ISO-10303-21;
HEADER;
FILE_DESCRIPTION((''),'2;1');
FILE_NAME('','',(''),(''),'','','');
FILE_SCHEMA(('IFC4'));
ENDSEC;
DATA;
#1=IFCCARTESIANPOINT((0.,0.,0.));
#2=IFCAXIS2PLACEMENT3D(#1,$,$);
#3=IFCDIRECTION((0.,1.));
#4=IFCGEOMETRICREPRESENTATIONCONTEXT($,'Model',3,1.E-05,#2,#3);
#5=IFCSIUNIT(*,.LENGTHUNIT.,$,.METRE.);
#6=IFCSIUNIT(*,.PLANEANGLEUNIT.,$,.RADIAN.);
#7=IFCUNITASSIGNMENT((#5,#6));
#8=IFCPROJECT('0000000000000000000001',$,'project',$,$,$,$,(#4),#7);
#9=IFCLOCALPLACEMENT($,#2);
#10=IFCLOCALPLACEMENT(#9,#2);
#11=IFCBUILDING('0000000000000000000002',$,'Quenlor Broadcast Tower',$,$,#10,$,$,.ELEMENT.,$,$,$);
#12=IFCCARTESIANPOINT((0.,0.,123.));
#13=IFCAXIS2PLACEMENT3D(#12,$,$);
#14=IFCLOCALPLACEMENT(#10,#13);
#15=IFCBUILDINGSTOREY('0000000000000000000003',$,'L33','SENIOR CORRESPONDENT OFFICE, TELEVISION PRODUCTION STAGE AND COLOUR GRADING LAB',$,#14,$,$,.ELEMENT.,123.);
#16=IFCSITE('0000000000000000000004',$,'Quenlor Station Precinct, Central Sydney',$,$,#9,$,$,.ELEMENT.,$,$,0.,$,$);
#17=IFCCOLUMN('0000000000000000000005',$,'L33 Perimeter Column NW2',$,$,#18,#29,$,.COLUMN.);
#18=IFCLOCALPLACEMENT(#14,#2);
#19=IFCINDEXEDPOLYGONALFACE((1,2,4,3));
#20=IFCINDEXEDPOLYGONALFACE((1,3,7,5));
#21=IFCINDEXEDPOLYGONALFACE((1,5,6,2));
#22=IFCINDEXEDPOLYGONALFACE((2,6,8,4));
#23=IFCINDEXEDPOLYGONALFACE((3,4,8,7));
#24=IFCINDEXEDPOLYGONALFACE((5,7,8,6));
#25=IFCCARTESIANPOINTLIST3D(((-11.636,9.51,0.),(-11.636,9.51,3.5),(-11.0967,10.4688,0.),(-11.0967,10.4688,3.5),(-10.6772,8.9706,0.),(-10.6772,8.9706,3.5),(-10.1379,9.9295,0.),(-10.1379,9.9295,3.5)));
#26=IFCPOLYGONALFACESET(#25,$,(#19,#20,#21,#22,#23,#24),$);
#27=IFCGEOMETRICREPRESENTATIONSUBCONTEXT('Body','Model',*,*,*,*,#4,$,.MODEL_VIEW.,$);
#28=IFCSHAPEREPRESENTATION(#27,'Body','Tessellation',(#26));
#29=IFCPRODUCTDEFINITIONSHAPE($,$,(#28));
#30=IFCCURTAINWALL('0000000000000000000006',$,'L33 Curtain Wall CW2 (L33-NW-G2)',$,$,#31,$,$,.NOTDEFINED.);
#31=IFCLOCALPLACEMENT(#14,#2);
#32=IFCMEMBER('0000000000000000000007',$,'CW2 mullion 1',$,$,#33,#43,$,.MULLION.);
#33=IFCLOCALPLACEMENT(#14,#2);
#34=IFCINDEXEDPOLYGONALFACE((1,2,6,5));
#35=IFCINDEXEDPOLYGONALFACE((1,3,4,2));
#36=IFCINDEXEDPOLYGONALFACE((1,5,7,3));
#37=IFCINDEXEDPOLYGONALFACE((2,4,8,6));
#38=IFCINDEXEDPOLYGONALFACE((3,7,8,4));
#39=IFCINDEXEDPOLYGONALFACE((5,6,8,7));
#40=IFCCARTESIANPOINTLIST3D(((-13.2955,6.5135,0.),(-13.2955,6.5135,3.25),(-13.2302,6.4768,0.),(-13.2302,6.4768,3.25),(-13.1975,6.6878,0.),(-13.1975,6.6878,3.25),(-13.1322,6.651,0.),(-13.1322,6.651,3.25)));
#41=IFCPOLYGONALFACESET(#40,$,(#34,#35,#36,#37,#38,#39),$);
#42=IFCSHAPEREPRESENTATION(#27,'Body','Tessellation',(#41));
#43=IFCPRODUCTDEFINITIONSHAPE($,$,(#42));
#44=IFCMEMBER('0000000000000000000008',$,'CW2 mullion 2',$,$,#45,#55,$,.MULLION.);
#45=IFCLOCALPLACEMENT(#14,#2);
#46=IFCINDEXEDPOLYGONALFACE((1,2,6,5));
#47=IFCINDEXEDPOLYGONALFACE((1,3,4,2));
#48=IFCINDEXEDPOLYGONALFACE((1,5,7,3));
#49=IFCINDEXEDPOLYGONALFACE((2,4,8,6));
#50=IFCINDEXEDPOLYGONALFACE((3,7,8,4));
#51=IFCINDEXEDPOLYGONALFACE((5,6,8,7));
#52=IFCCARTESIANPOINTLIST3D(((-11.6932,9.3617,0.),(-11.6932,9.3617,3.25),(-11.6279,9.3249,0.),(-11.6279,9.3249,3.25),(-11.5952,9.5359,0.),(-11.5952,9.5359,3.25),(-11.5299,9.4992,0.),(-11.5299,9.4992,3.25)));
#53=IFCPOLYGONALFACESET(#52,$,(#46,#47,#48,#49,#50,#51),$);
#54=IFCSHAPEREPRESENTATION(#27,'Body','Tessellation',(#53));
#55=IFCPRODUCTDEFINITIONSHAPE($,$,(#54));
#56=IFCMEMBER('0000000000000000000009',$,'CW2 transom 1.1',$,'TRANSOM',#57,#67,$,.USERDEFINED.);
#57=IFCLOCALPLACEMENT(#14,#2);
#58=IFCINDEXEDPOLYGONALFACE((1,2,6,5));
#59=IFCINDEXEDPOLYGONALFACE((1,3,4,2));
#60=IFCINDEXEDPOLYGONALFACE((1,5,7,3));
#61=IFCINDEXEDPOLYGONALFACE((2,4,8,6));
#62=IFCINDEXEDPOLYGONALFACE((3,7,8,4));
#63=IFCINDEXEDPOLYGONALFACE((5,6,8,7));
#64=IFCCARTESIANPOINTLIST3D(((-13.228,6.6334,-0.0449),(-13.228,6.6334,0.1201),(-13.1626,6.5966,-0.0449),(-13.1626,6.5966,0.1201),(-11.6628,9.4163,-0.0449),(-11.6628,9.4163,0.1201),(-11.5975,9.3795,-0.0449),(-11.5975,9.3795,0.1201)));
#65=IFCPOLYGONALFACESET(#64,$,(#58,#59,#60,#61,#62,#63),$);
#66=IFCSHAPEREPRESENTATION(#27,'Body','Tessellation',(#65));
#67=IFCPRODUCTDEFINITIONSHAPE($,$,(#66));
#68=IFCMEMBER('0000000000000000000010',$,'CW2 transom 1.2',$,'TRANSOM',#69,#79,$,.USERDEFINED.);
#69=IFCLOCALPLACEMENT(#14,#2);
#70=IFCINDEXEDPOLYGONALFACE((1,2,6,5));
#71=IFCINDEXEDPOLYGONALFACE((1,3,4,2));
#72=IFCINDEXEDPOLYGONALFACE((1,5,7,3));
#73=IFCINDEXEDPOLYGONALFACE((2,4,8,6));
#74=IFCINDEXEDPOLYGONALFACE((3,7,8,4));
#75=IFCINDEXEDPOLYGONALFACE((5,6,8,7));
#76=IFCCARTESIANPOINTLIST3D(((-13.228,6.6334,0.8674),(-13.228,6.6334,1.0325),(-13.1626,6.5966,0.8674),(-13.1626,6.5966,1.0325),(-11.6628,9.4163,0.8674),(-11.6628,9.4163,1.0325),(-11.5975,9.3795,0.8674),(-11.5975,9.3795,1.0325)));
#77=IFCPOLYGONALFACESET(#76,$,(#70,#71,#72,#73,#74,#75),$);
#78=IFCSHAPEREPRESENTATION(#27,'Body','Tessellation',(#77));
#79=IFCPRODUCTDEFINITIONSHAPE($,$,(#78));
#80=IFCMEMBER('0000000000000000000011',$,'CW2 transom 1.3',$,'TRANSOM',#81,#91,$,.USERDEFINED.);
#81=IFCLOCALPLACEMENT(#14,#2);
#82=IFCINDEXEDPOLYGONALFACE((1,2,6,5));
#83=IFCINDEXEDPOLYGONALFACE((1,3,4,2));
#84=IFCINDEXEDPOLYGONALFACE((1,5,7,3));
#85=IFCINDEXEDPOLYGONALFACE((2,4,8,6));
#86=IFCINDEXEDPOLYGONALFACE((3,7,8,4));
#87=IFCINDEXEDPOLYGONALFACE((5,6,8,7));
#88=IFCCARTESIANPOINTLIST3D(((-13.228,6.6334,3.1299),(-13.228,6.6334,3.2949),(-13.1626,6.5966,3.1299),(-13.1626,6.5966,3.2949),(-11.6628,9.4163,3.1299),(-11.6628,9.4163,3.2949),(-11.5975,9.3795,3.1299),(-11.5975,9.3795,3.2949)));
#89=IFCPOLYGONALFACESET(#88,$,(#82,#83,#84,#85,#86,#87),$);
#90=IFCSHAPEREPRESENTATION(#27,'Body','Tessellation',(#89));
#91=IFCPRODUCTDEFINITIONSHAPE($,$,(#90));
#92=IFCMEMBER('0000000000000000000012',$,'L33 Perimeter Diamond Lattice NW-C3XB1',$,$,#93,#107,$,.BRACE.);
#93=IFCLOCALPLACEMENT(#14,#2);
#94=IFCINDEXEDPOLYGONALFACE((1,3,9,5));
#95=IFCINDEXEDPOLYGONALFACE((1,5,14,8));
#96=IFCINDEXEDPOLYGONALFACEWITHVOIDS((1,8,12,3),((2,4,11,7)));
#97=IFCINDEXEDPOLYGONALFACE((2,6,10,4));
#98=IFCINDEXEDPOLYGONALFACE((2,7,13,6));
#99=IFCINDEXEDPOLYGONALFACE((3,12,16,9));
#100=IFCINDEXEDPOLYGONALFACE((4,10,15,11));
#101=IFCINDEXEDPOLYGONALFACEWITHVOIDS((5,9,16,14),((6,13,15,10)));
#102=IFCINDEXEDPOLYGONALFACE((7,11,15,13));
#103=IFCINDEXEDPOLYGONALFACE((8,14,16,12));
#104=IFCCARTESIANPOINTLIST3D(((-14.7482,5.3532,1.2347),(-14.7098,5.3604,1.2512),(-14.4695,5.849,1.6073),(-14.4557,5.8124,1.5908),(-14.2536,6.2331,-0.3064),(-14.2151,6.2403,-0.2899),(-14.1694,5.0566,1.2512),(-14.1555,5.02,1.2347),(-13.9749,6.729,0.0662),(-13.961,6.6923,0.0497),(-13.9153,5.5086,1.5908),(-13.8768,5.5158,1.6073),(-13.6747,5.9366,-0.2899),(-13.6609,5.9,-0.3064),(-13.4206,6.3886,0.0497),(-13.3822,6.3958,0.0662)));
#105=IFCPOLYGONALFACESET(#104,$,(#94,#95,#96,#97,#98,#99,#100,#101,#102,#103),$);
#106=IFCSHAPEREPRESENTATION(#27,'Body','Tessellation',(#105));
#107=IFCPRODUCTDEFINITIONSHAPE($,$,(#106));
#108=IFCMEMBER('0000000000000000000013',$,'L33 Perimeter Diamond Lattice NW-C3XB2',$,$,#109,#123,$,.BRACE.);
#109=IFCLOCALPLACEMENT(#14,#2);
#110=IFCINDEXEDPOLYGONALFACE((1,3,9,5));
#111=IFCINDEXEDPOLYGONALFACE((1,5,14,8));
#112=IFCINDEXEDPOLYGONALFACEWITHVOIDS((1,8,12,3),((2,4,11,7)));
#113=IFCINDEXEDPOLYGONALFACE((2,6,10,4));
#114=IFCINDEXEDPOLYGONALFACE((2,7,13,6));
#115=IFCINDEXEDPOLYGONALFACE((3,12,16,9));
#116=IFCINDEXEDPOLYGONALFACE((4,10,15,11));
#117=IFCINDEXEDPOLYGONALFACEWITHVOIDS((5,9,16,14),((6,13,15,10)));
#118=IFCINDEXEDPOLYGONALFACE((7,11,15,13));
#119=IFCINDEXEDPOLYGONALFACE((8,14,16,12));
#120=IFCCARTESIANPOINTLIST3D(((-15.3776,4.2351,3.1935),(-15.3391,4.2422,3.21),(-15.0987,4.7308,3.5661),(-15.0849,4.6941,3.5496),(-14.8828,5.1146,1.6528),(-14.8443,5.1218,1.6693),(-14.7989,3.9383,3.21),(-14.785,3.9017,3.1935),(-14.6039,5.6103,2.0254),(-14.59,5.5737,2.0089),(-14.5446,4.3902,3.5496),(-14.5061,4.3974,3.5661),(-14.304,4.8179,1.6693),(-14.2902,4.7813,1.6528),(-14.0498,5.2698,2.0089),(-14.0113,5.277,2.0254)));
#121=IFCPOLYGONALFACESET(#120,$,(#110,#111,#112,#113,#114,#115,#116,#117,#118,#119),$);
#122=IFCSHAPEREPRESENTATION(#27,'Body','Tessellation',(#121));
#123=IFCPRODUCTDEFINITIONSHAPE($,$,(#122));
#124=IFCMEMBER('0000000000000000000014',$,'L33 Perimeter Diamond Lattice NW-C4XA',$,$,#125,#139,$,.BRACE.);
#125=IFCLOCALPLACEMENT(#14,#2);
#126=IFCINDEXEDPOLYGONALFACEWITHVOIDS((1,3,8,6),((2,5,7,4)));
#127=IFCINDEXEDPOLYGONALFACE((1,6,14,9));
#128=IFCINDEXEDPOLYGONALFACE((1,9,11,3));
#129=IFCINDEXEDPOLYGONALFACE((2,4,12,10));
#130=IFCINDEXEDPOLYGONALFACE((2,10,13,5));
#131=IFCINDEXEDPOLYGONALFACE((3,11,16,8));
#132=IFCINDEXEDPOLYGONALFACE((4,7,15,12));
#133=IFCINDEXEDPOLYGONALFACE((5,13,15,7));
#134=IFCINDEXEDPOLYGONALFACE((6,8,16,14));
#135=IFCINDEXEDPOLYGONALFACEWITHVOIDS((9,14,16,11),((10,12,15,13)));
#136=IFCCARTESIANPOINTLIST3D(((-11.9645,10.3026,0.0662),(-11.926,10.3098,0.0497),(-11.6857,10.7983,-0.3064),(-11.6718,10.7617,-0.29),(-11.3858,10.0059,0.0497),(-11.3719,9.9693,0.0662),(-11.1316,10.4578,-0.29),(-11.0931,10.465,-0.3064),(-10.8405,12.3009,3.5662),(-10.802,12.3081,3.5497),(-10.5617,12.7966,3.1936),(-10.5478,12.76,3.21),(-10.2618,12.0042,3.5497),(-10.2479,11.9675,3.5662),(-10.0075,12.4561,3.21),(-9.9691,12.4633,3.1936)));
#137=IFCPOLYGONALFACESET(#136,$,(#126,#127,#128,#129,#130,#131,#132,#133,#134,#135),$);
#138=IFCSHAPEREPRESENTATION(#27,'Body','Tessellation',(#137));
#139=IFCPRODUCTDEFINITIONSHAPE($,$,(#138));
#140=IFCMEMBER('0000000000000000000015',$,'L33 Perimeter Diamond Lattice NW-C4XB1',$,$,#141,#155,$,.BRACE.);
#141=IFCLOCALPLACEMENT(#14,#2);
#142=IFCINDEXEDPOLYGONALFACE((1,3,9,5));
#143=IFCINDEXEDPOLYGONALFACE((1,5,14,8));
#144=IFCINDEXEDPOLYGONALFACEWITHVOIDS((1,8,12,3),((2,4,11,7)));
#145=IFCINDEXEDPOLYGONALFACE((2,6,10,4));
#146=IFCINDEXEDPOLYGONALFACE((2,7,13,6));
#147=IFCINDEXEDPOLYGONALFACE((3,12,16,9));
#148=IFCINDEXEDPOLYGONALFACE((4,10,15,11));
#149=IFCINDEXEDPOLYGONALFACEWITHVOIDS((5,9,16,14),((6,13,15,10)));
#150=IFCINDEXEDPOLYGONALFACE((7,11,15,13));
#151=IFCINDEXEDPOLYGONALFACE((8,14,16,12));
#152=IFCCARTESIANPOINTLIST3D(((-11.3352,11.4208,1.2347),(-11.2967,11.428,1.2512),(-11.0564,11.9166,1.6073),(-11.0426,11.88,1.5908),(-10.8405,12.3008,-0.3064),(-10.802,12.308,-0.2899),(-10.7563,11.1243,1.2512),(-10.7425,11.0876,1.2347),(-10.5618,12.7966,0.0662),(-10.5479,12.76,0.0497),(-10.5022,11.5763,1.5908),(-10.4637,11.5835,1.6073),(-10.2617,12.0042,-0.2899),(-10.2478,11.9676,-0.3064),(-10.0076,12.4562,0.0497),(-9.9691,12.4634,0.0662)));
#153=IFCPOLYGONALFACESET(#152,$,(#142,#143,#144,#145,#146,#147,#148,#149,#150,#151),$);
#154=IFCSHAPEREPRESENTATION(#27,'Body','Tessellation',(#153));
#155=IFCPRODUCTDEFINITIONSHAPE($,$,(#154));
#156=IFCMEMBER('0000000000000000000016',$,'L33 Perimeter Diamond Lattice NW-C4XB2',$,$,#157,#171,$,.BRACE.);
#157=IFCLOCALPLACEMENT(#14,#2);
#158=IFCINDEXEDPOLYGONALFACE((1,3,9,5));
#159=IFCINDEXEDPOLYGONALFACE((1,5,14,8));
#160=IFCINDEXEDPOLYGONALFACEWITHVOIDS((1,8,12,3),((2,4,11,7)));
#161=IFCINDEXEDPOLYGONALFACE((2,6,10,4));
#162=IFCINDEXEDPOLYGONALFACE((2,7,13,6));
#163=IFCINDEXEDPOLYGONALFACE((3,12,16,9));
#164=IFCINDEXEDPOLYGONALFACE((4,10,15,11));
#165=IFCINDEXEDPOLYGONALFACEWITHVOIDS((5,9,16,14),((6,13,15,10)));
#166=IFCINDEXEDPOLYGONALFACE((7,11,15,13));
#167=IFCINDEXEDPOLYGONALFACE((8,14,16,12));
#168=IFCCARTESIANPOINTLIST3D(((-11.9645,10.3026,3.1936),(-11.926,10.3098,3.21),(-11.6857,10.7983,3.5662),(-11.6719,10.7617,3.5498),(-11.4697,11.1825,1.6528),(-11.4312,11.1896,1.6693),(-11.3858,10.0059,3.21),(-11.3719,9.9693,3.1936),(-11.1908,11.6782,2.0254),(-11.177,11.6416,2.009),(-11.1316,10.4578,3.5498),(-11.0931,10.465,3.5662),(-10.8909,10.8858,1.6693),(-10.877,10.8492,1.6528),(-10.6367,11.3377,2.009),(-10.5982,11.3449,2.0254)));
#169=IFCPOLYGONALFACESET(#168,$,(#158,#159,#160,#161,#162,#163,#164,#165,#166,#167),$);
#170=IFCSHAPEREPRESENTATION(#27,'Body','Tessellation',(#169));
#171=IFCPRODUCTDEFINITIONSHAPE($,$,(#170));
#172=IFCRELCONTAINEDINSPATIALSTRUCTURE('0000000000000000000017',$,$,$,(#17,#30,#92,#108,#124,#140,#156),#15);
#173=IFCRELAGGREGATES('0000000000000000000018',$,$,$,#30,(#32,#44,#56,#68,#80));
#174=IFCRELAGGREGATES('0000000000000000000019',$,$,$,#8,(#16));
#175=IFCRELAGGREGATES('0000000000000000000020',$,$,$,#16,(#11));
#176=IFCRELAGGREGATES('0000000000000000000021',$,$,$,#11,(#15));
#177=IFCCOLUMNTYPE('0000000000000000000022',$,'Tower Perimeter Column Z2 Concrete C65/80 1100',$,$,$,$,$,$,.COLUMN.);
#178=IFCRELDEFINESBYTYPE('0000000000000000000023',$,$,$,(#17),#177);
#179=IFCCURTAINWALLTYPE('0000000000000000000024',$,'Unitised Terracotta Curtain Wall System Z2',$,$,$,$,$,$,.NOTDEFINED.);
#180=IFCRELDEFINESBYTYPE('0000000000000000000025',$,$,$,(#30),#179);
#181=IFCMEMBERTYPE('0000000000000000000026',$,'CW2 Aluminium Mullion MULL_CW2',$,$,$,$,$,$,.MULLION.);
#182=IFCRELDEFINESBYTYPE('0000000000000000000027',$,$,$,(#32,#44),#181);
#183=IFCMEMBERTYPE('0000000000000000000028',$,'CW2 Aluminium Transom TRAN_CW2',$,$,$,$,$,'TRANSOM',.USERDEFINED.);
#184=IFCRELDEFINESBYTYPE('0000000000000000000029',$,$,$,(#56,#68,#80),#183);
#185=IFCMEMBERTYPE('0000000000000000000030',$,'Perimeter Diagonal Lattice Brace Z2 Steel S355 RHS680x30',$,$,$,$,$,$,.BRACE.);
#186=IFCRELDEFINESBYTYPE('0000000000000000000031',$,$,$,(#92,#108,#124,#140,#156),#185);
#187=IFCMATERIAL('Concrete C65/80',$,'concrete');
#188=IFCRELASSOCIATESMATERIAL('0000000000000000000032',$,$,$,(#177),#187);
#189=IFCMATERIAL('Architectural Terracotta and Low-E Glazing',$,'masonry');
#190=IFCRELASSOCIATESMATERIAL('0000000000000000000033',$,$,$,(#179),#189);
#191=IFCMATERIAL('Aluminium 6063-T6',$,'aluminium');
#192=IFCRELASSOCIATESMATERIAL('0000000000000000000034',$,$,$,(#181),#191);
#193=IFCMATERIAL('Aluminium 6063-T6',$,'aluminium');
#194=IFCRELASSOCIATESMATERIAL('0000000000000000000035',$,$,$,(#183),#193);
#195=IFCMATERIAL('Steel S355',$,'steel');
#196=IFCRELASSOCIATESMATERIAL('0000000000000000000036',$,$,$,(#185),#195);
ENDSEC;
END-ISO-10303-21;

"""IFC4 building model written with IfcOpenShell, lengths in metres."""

from ifc_helpers import new_model, si_unit, direction, frame, origin, origin_2d, place, context, subcontext, project, spatial, rectangle, hollow_rectangle, extrude, material, material_profile, profile_set, type_object, element, aggregate, save


model = new_model("IFC4")

# Units and contexts
model_context = context("Model", 3, precision=1e-05, world=origin(), true_north=direction((0.0, 1.0)))
body_context = subcontext(model_context, "Body", "Model", "MODEL_VIEW")
ifc_project = project(units=[si_unit("LENGTHUNIT", "METRE"), si_unit("PLANEANGLEUNIT", "RADIAN")], contexts=[model_context])

# Site, building, storey
site_placement = place(None, origin())
site = spatial("IfcSite", under=ifc_project, at=site_placement, Name="Quenlor Station Precinct, Central Sydney", CompositionType="ELEMENT", RefElevation=0.0)
building_placement = place(site_placement, origin())
building = spatial("IfcBuilding", under=site, at=building_placement, Name="Quenlor Broadcast Tower", CompositionType="ELEMENT")
storey_placement = place(building_placement, frame((0.0, 0.0, 123.0)))
storey = spatial("IfcBuildingStorey", under=building, at=storey_placement, Name="L33", Description="SENIOR CORRESPONDENT OFFICE, TELEVISION PRODUCTION STAGE AND COLOUR GRADING LAB", CompositionType="ELEMENT", Elevation=123.0)

# Column
ifc_material_1 = material(Name="Concrete C65/80", Category="concrete")
ifc_material_profile_1 = material_profile(ifc_material_1, rectangle(XDim=1.1001, YDim=1.1001, at=origin_2d()))
ifc_profile_set_1 = profile_set([ifc_material_profile_1], Name="Concrete C65/80 RC1100x1100")
column_type = type_object("IfcColumnType", Name="Tower Perimeter Column Z2 Concrete C65/80 1100", PredefinedType="COLUMN", material=ifc_profile_set_1)
column_placement = place(storey_placement, frame((-10.887, 9.7197, 0.0), z_axis=(0.0, 0.0, 1.0), x_axis=(-0.871575, 0.490262, 0.0)))
element("IfcColumn", 1, at=column_placement, inside=storey, type_object=column_type, Name="L33 Perimeter Column NW2", PredefinedType="COLUMN", context=body_context, shape_type="SweptSolid", body=[
    extrude(rectangle(XDim=1.1001, YDim=1.1001, at=origin_2d()), origin(), (0.0, 0.0, 1.0), 3.5),
])

# Curtain wall, members
ifc_material_2 = material(Name="Architectural Terracotta and Low-E Glazing", Category="masonry")
curtain_wall_type = type_object("IfcCurtainWallType", Name="Unitised Terracotta Curtain Wall System Z2", PredefinedType="NOTDEFINED", material=ifc_material_2)
curtain_wall_placement = place(storey_placement, origin())
curtain_wall = element("IfcCurtainWall", 2, at=curtain_wall_placement, inside=storey, type_object=curtain_wall_type, Name="L33 Curtain Wall CW2 (L33-NW-G2)", PredefinedType="NOTDEFINED")
ifc_material_3 = material(Name="Aluminium 6063-T6", Category="aluminium")
ifc_material_profile_2 = material_profile(ifc_material_3, rectangle(XDim=0.075, YDim=0.2, at=origin_2d()))
ifc_profile_set_2 = profile_set([ifc_material_profile_2], Name="Aluminium 6063-T6 MULL75x200")
member_type_1 = type_object("IfcMemberType", Name="CW2 Aluminium Mullion MULL_CW2", PredefinedType="MULLION", material=ifc_profile_set_2)
member_1_placement = place(storey_placement, frame((-13.2139, 6.5823, 0.0), z_axis=(0.0, 0.0, 1.0), x_axis=(-0.871576, 0.490261, 0.0)))
member_1 = element("IfcMember", 3, at=member_1_placement, type_object=member_type_1, Name="CW2 mullion 1", PredefinedType="MULLION", context=body_context, shape_type="SweptSolid", body=[
    extrude(rectangle(XDim=0.075, YDim=0.2, at=origin_2d()), origin(), (0.0, 0.0, 1.0), 3.25),
])
member_2_placement = place(storey_placement, frame((-11.6116, 9.4304, 0.0), z_axis=(0.0, 0.0, 1.0), x_axis=(-0.871576, 0.490261, 0.0)))
member_2 = element("IfcMember", 4, at=member_2_placement, type_object=member_type_1, Name="CW2 mullion 2", PredefinedType="MULLION", context=body_context, shape_type="SweptSolid", body=[
    extrude(rectangle(XDim=0.075, YDim=0.2, at=origin_2d()), origin(), (0.0, 0.0, 1.0), 3.25),
])
ifc_material_4 = material(Name="Aluminium 6063-T6", Category="aluminium")
ifc_material_profile_3 = material_profile(ifc_material_4, rectangle(XDim=0.075, YDim=0.165, at=origin_2d()))
ifc_profile_set_3 = profile_set([ifc_material_profile_3], Name="Aluminium 6063-T6 TRAN75x165")
member_type_2 = type_object("IfcMemberType", Name="CW2 Aluminium Transom TRAN_CW2", ElementType="TRANSOM", PredefinedType="USERDEFINED", material=ifc_profile_set_3)
member_3_placement = place(storey_placement, frame((-13.1953, 6.615, 0.0376), z_axis=(0.490207, 0.871606, 0.0), x_axis=(-0.871606, 0.490207, 0.0)))
member_3 = element("IfcMember", 5, at=member_3_placement, type_object=member_type_2, Name="CW2 transom 1.1", ObjectType="TRANSOM", PredefinedType="USERDEFINED", context=body_context, shape_type="SweptSolid", body=[
    extrude(rectangle(XDim=0.075, YDim=0.165, at=origin_2d()), origin(), (0.0, 0.0, 1.0), 3.1929),
])
member_4_placement = place(storey_placement, frame((-13.1953, 6.615, 0.95), z_axis=(0.490207, 0.871606, 0.0), x_axis=(-0.871606, 0.490207, 0.0)))
member_4 = element("IfcMember", 6, at=member_4_placement, type_object=member_type_2, Name="CW2 transom 1.2", ObjectType="TRANSOM", PredefinedType="USERDEFINED", context=body_context, shape_type="SweptSolid", body=[
    extrude(rectangle(XDim=0.075, YDim=0.165, at=origin_2d()), origin(), (0.0, 0.0, 1.0), 3.1929),
])
member_5_placement = place(storey_placement, frame((-13.1953, 6.615, 3.2124), z_axis=(0.490207, 0.871606, 0.0), x_axis=(-0.871606, 0.490207, 0.0)))
member_5 = element("IfcMember", 7, at=member_5_placement, type_object=member_type_2, Name="CW2 transom 1.3", ObjectType="TRANSOM", PredefinedType="USERDEFINED", context=body_context, shape_type="SweptSolid", body=[
    extrude(rectangle(XDim=0.075, YDim=0.165, at=origin_2d()), origin(), (0.0, 0.0, 1.0), 3.1929),
])

# Members
ifc_material_5 = material(Name="Steel S355", Category="steel")
ifc_material_profile_4 = material_profile(ifc_material_5, hollow_rectangle(XDim=0.6799, YDim=0.6799, WallThickness=0.03, at=origin_2d()))
ifc_profile_set_4 = profile_set([ifc_material_profile_4], Name="Steel S355 RHS680x680x30")
member_type_3 = type_object("IfcMemberType", Name="Perimeter Diagonal Lattice Brace Z2 Steel S355 RHS680x30", PredefinedType="BRACE", material=ifc_profile_set_4)
member_6_placement = place(storey_placement, frame((-13.8179, 6.3145, -0.1201), z_axis=(-0.268504, -0.477635, 0.836523), x_axis=(0.871705, -0.490032, 0.0)))
element("IfcMember", 8, at=member_6_placement, inside=storey, type_object=member_type_3, Name="L33 Perimeter Diamond Lattice NW-C3XB1", PredefinedType="BRACE", context=body_context, shape_type="SweptSolid", body=[
    extrude(hollow_rectangle(XDim=0.6799, YDim=0.6799, WallThickness=0.03, at=origin_2d()), origin(), (0.0, 0.0, 1.0), 1.8423),
])
member_7_placement = place(storey_placement, frame((-14.447, 5.1958, 1.8391), z_axis=(-0.268674, -0.477568, 0.836507), x_axis=(0.871543, -0.490319, 0.0)))
element("IfcMember", 9, at=member_7_placement, inside=storey, type_object=member_type_3, Name="L33 Perimeter Diamond Lattice NW-C3XB2", PredefinedType="BRACE", context=body_context, shape_type="SweptSolid", body=[
    extrude(hollow_rectangle(XDim=0.6799, YDim=0.6799, WallThickness=0.03, at=origin_2d()), origin(), (0.0, 0.0, 1.0), 1.8418),
])
member_8_placement = place(storey_placement, frame((-11.5288, 10.3838, -0.1201), z_axis=(0.268642, 0.477593, 0.836502), x_axis=(-0.871578, 0.490256, 0.0)))
element("IfcMember", 10, at=member_8_placement, inside=storey, type_object=member_type_3, Name="L33 Perimeter Diamond Lattice NW-C4XA", PredefinedType="BRACE", context=body_context, shape_type="SweptSolid", body=[
    extrude(hollow_rectangle(XDim=0.6799, YDim=0.6799, WallThickness=0.03, at=origin_2d()), origin(), (0.0, 0.0, 1.0), 4.1841),
])
member_9_placement = place(storey_placement, frame((-10.4048, 12.3821, -0.1201), z_axis=(-0.268504, -0.477635, 0.836523), x_axis=(0.871705, -0.490032, 0.0)))
element("IfcMember", 11, at=member_9_placement, inside=storey, type_object=member_type_3, Name="L33 Perimeter Diamond Lattice NW-C4XB1", PredefinedType="BRACE", context=body_context, shape_type="SweptSolid", body=[
    extrude(hollow_rectangle(XDim=0.6799, YDim=0.6799, WallThickness=0.03, at=origin_2d()), origin(), (0.0, 0.0, 1.0), 1.8423),
])
member_10_placement = place(storey_placement, frame((-11.0339, 11.2637, 1.8391), z_axis=(-0.268657, -0.477671, 0.836454), x_axis=(0.871601, -0.490215, 0.0)))
element("IfcMember", 12, at=member_10_placement, inside=storey, type_object=member_type_3, Name="L33 Perimeter Diamond Lattice NW-C4XB2", PredefinedType="BRACE", context=body_context, shape_type="SweptSolid", body=[
    extrude(hollow_rectangle(XDim=0.6799, YDim=0.6799, WallThickness=0.03, at=origin_2d()), origin(), (0.0, 0.0, 1.0), 1.842),
])

aggregate(curtain_wall, [member_1, member_2, member_3, member_4, member_5])

save(model, "model.ifc")
